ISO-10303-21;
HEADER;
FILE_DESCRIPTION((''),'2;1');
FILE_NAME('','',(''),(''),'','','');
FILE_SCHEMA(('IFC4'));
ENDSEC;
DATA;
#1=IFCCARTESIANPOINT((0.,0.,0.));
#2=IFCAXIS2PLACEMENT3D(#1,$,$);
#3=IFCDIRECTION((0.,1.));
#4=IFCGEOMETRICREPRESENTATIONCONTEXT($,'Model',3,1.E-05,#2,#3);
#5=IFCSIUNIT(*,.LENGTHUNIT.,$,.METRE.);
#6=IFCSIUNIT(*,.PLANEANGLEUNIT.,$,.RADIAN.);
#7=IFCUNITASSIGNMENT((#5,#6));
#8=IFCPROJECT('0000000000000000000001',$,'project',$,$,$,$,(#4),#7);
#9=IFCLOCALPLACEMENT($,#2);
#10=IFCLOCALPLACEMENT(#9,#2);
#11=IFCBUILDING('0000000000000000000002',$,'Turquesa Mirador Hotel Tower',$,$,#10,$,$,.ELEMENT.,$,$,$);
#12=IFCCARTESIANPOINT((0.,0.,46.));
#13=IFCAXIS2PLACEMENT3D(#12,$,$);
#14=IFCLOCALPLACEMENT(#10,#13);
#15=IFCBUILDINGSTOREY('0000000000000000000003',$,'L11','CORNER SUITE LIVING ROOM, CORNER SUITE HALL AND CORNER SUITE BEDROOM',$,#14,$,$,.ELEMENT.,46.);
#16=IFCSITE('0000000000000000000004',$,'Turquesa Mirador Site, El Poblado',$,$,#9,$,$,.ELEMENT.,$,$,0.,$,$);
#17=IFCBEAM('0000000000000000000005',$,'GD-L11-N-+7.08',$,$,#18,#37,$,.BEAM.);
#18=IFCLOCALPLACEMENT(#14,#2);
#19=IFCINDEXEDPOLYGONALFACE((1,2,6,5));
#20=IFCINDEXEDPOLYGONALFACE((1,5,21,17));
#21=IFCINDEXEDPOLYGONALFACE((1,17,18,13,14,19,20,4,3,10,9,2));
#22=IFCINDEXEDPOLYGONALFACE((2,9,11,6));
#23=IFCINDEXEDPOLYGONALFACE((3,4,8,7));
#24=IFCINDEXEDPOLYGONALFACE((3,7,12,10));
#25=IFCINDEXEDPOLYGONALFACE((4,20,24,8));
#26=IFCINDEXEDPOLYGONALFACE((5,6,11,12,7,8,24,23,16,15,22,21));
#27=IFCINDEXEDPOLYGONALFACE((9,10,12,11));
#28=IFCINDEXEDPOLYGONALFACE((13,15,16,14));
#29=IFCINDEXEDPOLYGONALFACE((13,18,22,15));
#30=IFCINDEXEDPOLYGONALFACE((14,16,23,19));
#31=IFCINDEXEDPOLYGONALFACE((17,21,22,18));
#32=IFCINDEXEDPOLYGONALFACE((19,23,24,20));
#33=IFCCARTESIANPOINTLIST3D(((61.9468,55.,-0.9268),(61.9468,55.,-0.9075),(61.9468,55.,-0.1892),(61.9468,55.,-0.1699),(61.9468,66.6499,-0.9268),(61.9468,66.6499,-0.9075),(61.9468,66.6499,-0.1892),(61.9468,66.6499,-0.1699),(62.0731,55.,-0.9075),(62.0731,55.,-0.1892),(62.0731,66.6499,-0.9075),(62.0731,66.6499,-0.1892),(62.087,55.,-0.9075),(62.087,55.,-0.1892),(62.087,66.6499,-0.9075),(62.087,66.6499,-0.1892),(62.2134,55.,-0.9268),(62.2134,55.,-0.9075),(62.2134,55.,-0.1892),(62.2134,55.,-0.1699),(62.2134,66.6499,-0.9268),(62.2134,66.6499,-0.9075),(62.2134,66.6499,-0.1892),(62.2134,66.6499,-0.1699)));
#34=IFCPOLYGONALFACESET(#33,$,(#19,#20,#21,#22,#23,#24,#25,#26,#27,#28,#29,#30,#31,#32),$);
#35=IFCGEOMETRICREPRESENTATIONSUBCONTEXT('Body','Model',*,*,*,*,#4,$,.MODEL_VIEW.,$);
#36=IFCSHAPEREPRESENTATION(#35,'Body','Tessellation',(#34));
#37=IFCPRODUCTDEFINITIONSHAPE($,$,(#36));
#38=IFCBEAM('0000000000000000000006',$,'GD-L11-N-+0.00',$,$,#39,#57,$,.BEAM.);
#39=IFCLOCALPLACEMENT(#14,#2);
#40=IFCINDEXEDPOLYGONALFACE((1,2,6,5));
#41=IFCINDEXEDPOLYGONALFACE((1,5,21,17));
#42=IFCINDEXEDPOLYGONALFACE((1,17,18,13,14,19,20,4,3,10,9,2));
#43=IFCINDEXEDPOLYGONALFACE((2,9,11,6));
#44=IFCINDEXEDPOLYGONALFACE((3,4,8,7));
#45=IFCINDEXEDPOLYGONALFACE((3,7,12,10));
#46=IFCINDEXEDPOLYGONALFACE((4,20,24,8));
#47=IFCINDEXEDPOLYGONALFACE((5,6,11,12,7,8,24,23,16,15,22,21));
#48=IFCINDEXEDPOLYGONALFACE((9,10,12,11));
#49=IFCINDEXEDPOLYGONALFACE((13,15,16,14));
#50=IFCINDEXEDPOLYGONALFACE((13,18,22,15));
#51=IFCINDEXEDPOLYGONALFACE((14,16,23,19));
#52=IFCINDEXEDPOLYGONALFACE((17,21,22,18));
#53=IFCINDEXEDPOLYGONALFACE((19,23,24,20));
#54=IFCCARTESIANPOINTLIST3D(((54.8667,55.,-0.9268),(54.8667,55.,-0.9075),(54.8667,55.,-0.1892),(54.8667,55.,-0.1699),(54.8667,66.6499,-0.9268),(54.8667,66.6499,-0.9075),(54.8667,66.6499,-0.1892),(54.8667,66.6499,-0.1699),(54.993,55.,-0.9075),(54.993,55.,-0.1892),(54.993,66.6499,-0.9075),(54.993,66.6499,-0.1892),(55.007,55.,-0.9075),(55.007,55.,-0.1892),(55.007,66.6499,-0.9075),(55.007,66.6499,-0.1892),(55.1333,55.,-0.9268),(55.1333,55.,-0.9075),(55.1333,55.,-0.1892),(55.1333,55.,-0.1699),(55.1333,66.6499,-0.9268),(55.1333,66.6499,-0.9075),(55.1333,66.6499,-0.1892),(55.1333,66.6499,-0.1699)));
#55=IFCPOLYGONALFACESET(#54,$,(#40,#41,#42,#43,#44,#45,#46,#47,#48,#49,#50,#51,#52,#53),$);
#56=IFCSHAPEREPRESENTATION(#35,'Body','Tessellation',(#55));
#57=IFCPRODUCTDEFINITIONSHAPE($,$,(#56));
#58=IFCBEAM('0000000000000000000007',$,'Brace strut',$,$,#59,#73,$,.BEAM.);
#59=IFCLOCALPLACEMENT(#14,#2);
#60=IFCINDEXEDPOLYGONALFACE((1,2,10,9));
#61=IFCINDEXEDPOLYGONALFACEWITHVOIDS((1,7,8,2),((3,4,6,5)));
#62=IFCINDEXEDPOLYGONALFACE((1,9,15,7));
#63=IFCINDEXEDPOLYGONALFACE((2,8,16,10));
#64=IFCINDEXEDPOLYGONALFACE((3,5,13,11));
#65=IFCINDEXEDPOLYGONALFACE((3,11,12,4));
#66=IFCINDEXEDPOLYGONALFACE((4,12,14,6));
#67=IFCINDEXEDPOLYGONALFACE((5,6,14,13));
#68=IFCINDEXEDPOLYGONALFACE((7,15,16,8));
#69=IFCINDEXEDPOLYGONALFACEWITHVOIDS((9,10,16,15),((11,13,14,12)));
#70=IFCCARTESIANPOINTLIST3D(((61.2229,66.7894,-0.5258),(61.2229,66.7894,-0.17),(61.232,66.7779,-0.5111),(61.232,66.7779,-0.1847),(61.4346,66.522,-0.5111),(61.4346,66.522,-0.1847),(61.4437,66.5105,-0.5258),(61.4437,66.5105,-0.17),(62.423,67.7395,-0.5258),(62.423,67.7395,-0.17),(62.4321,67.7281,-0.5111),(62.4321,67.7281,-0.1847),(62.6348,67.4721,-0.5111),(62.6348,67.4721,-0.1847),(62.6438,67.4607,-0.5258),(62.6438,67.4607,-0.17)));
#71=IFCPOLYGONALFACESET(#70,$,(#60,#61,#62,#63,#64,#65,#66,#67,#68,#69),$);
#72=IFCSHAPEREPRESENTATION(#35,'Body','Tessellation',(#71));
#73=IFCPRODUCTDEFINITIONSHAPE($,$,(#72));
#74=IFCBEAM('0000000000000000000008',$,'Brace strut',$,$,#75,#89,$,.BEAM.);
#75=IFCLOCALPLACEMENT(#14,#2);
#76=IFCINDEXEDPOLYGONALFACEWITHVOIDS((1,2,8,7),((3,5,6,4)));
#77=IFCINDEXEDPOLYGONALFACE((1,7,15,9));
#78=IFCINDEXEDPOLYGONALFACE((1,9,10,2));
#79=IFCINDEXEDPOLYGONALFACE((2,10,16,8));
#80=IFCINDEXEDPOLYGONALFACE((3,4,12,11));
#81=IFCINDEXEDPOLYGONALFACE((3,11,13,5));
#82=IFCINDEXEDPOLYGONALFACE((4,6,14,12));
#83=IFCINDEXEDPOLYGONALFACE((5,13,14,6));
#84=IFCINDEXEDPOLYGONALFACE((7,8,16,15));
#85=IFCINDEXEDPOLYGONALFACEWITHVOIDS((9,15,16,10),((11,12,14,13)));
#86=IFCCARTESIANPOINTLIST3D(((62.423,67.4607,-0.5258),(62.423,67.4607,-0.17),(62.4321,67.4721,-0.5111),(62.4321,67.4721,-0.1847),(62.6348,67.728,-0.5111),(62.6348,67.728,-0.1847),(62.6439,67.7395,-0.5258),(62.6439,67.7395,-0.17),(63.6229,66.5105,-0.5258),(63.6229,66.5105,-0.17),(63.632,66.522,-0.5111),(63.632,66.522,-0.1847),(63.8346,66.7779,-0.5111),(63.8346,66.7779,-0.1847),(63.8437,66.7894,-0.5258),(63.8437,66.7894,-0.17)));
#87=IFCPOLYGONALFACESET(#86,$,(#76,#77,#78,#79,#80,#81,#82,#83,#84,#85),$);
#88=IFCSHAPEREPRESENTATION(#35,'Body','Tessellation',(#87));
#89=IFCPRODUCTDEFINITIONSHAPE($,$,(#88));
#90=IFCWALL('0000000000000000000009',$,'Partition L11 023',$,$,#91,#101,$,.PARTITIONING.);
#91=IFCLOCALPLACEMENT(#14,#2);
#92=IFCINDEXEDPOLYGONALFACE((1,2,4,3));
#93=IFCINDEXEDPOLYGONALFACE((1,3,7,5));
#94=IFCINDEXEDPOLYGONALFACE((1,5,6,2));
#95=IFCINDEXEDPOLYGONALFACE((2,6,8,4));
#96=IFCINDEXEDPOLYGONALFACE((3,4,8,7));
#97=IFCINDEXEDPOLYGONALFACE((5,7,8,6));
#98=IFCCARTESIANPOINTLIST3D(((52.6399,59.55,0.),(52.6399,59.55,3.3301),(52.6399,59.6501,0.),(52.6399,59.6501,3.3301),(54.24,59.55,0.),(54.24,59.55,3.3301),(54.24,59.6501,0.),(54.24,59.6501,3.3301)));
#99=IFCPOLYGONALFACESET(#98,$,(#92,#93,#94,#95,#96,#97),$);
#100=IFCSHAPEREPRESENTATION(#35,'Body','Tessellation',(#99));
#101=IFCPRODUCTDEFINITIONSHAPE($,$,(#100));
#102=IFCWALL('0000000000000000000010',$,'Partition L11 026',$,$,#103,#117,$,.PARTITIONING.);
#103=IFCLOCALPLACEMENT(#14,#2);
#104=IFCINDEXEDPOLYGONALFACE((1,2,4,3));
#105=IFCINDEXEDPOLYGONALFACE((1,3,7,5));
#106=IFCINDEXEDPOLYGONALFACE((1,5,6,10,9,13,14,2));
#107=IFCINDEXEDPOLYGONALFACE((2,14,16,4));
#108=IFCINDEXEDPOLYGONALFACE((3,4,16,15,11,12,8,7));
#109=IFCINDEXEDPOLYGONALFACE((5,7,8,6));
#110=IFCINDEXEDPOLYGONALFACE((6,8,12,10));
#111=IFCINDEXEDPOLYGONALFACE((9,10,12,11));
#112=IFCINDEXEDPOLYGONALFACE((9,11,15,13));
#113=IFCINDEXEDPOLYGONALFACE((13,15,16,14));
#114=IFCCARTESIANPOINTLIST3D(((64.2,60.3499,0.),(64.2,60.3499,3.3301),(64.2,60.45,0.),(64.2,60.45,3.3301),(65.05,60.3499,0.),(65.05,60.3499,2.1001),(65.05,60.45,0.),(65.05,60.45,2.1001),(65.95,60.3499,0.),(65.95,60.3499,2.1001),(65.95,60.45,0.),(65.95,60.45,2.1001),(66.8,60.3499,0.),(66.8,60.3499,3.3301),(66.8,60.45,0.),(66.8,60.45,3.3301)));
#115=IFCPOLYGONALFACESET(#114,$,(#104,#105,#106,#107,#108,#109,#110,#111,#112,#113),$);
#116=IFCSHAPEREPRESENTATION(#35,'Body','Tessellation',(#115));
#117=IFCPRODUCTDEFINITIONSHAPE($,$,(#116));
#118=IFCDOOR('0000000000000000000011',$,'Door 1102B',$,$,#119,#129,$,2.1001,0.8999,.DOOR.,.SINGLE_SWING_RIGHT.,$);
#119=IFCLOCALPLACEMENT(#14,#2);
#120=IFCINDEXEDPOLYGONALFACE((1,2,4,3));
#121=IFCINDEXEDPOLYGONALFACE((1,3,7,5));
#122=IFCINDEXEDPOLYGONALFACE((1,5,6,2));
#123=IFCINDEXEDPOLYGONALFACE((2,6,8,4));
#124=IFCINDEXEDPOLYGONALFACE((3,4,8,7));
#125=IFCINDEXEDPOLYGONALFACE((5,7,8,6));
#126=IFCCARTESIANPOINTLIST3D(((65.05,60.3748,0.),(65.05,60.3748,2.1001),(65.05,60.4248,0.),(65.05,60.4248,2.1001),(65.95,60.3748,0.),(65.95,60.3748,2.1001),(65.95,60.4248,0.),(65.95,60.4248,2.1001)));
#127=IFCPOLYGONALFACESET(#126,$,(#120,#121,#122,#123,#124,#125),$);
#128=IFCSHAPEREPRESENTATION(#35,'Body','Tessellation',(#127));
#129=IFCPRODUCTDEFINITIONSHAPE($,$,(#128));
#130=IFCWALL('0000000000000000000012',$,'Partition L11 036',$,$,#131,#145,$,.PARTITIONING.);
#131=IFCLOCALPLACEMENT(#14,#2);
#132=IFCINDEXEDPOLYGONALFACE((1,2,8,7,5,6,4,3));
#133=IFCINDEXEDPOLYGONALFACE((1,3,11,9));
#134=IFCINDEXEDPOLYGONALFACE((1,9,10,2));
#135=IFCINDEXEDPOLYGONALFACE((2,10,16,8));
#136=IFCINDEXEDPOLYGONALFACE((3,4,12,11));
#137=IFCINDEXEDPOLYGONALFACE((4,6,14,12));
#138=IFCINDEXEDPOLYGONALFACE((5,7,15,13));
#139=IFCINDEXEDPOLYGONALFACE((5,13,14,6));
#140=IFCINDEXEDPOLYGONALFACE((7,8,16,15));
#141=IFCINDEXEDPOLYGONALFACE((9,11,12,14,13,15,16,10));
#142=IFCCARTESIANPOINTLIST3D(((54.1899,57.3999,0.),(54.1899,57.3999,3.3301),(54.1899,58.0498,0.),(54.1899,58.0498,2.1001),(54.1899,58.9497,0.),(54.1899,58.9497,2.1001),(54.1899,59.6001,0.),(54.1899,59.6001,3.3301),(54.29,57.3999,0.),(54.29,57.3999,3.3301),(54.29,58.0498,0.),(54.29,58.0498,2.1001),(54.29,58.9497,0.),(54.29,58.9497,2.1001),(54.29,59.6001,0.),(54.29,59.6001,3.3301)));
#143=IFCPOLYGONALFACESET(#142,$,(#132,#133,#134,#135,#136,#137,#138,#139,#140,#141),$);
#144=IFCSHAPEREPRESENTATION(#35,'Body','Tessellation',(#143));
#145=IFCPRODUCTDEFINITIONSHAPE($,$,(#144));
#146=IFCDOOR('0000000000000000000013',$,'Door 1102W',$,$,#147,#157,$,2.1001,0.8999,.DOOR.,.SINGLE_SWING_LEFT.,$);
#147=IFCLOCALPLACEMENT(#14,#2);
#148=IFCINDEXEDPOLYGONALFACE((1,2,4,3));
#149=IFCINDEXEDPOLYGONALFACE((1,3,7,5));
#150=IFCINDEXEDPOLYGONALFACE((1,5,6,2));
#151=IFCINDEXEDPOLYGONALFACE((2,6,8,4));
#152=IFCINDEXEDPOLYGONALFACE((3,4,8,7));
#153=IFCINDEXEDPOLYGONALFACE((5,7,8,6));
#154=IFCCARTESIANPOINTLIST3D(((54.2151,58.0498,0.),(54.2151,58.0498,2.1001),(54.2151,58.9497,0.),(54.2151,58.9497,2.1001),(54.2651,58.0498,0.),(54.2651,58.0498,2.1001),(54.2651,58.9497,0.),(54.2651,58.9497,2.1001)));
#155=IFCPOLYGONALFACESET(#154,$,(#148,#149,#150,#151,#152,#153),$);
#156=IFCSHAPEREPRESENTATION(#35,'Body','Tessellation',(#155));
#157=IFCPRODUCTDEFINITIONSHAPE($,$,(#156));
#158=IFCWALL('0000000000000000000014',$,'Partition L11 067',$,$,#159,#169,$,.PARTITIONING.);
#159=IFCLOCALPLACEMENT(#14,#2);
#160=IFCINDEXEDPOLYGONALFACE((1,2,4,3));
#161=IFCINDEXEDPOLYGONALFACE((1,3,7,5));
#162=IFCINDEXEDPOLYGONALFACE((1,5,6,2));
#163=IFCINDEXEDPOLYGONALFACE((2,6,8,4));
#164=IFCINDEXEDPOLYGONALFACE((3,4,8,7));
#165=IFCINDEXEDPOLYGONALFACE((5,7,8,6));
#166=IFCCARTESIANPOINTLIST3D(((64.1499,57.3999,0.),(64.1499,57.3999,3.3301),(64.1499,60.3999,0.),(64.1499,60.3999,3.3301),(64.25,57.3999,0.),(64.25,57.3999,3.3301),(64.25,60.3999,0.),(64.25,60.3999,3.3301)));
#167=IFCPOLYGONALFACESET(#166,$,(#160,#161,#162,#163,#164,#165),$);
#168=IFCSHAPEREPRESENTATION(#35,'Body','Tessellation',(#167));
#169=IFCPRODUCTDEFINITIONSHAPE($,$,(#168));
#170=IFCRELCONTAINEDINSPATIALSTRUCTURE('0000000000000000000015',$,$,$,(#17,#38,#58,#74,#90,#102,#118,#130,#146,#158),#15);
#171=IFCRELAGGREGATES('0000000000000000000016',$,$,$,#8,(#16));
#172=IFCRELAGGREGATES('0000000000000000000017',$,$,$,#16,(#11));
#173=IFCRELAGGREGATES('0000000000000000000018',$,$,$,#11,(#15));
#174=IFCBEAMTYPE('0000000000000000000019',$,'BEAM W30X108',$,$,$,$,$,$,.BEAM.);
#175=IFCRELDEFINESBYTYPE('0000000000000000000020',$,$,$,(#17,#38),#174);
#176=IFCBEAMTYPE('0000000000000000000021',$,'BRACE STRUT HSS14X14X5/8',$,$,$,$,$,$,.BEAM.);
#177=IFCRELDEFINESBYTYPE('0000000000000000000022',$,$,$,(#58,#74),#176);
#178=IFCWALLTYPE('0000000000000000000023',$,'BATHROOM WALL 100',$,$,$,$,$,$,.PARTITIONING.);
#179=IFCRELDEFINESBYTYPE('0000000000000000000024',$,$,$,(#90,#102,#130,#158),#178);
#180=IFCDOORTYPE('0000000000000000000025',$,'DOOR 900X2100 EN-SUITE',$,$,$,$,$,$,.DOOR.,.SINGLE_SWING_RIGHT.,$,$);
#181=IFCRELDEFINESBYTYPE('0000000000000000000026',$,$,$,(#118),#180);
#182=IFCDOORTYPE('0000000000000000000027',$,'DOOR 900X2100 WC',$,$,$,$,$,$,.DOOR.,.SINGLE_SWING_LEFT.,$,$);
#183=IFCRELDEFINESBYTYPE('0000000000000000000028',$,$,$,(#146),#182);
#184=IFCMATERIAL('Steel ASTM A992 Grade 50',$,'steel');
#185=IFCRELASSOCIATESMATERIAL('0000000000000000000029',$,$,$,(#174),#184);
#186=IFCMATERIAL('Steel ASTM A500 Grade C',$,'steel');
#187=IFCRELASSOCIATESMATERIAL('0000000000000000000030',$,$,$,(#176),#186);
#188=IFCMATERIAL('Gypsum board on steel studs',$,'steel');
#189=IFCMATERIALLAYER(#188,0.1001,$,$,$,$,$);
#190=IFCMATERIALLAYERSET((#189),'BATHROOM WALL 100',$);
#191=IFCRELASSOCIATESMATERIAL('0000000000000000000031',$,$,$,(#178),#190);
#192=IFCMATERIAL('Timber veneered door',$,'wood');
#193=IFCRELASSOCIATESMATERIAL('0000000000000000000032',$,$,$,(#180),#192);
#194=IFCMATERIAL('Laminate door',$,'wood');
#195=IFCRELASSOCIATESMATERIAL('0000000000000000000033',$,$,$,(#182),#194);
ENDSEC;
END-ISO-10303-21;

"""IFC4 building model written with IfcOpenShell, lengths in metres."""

from ifc_helpers import new_model, si_unit, direction, frame, frame_2d, origin, origin_2d, place, context, subcontext, project, spatial, rectangle, hollow_rectangle, i_section, extrude, material, layer, layer_set, material_profile, profile_set, type_object, element, fill, save


model = new_model("IFC4")

# Units and contexts
model_context = context("Model", 3, precision=1e-05, world=origin(), true_north=direction((0.0, 1.0)))
body_context = subcontext(model_context, "Body", "Model", "MODEL_VIEW")
ifc_project = project(units=[si_unit("LENGTHUNIT", "METRE"), si_unit("PLANEANGLEUNIT", "RADIAN")], contexts=[model_context])

# Site, building, storey
site_placement = place(None, origin())
site = spatial("IfcSite", under=ifc_project, at=site_placement, Name="Turquesa Mirador Site, El Poblado", CompositionType="ELEMENT", RefElevation=0.0)
building_placement = place(site_placement, origin())
building = spatial("IfcBuilding", under=site, at=building_placement, Name="Turquesa Mirador Hotel Tower", CompositionType="ELEMENT")
storey_placement = place(building_placement, frame((0.0, 0.0, 46.0)))
storey = spatial("IfcBuildingStorey", under=building, at=storey_placement, Name="L11", Description="CORNER SUITE LIVING ROOM, CORNER SUITE HALL AND CORNER SUITE BEDROOM", CompositionType="ELEMENT", Elevation=46.0)

# Beams
ifc_material_1 = material(Name="Steel ASTM A992 Grade 50", Category="steel")
ifc_material_profile_1 = material_profile(ifc_material_1, i_section(OverallWidth=0.2666, OverallDepth=0.7568, WebThickness=0.0139, FlangeThickness=0.0193, at=origin_2d()), Name="W30X108")
ifc_profile_set_1 = profile_set([ifc_material_profile_1], Name="Steel ASTM A992 Grade 50")
beam_type_1 = type_object("IfcBeamType", Name="BEAM W30X108", PredefinedType="BEAM", material=ifc_profile_set_1)
for number, where, z_axis, x_axis, name in (
    (1, (62.0801, 66.6499, -0.5483), (0.0, -1.0, 0.0), (1.0, 0.0, 0.0), "GD-L11-N-+7.08"),
    (2, (55.0, 66.6499, -0.5483), (0.0, -1.0, 0.0), (1.0, 0.0, 0.0), "GD-L11-N-+0.00"),
):
    element("IfcBeam", number, at=place(storey_placement, frame(where, z_axis=z_axis, x_axis=x_axis)), inside=storey, type_object=beam_type_1, Name=name, PredefinedType="BEAM", context=body_context, shape_type="SweptSolid", body=[
        extrude(i_section(OverallWidth=0.2666, OverallDepth=0.7568, WebThickness=0.0139, FlangeThickness=0.0193, at=origin_2d()), origin(), (0.0, 0.0, 1.0), 11.6499),
    ])
ifc_material_2 = material(Name="Steel ASTM A500 Grade C", Category="steel")
ifc_material_profile_2 = material_profile(ifc_material_2, hollow_rectangle(XDim=0.3557, YDim=0.3557, WallThickness=0.0146, at=origin_2d()), Name="HSS14X14X5/8")
ifc_profile_set_2 = profile_set([ifc_material_profile_2], Name="Steel ASTM A500 Grade C")
beam_type_2 = type_object("IfcBeamType", Name="BRACE STRUT HSS14X14X5/8", PredefinedType="BEAM", material=ifc_profile_set_2)
beam_1_placement = place(storey_placement, frame((62.5334, 67.6001, -0.3479), z_axis=(-0.784033, -0.620719, 0.0), x_axis=(0.620719, -0.784033, 0.0)))
element("IfcBeam", 3, at=beam_1_placement, inside=storey, type_object=beam_type_2, Name="Brace strut", PredefinedType="BEAM", context=body_context, shape_type="SweptSolid", body=[
    extrude(hollow_rectangle(XDim=0.3557, YDim=0.3557, WallThickness=0.0146, at=origin_2d()), origin(), (0.0, 0.0, 1.0), 1.5308),
])
beam_2_placement = place(storey_placement, frame((62.5334, 67.6001, -0.3479), z_axis=(0.783971, -0.620797, 0.0), x_axis=(0.620797, 0.783971, 0.0)))
element("IfcBeam", 4, at=beam_2_placement, inside=storey, type_object=beam_type_2, Name="Brace strut", PredefinedType="BEAM", context=body_context, shape_type="SweptSolid", body=[
    extrude(hollow_rectangle(XDim=0.3557, YDim=0.3557, WallThickness=0.0146, at=origin_2d()), origin(), (0.0, 0.0, 1.0), 1.5305),
])

# Wall
ifc_material_3 = material(Name="Gypsum board on steel studs", Category="steel")
ifc_layer_1 = layer(ifc_material_3, 0.1001)
ifc_layer_set_1 = layer_set([ifc_layer_1], Name="BATHROOM WALL 100")
wall_type_1 = type_object("IfcWallType", Name="BATHROOM WALL 100", PredefinedType="PARTITIONING", material=ifc_layer_set_1)
wall_1_placement = place(storey_placement, frame((52.6399, 59.6001, 0.0), z_axis=(0.0, 0.0, 1.0), x_axis=(1.0, 0.0, 0.0)))
element("IfcWall", 5, at=wall_1_placement, inside=storey, type_object=wall_type_1, Name="Partition L11 023", PredefinedType="PARTITIONING", context=body_context, shape_type="SweptSolid", body=[
    extrude(rectangle(XDim=1.6001, YDim=0.1001, at=frame_2d((0.8, 0.0))), origin(), (0.0, 0.0, 1.0), 3.3301),
])

# Walls, openings, doors
wall_2_placement = place(storey_placement, frame((64.2, 60.3999, 0.0), z_axis=(0.0, 0.0, 1.0), x_axis=(1.0, 0.0, 0.0)))
wall_2 = element("IfcWall", 6, at=wall_2_placement, inside=storey, type_object=wall_type_1, Name="Partition L11 026", PredefinedType="PARTITIONING", context=body_context, shape_type="SweptSolid", body=[
    extrude(rectangle(XDim=2.6001, YDim=0.1001, at=frame_2d((1.3, 0.0))), origin(), (0.0, 0.0, 1.0), 3.3301),
])
opening_1_placement = place(wall_2_placement, frame((0.8501, 0.0, 0.0)))
opening_1 = element("IfcOpeningElement", 7, at=opening_1_placement, cuts=wall_2, PredefinedType="OPENING", context=body_context, shape_type="SweptSolid", body=[
    extrude(rectangle(XDim=0.8999, YDim=2.1001, at=frame_2d((0.45, 1.05))), frame((0.0, 0.0601, 0.0), z_axis=(0.0, -1.0, 0.0), x_axis=(1.0, 0.0, 0.0)), (0.0, 0.0, 1.0), 0.1201),
])
ifc_material_4 = material(Name="Timber veneered door", Category="wood")
door_type_1 = type_object("IfcDoorType", Name="DOOR 900X2100 EN-SUITE", OperationType="SINGLE_SWING_RIGHT", PredefinedType="DOOR", material=ifc_material_4)
door_1_placement = place(opening_1_placement, origin())
door_1 = element("IfcDoor", 8, at=door_1_placement, inside=storey, type_object=door_type_1, Name="Door 1102B", OperationType="SINGLE_SWING_RIGHT", OverallHeight=2.1001, OverallWidth=0.8999, PredefinedType="DOOR", context=body_context, shape_type="SweptSolid", body=[
    extrude(rectangle(XDim=0.8999, YDim=2.1001, at=frame_2d((0.45, 1.05))), frame((0.0, 0.0249, 0.0), z_axis=(0.0, -1.0, 0.0), x_axis=(1.0, 0.0, 0.0)), (0.0, 0.0, 1.0), 0.05),
])
fill(opening_1, door_1)
wall_3_placement = place(storey_placement, frame((54.24, 57.3999, 0.0), z_axis=(0.0, 0.0, 1.0), x_axis=(0.0, 1.0, 0.0)))
wall_3 = element("IfcWall", 9, at=wall_3_placement, inside=storey, type_object=wall_type_1, Name="Partition L11 036", PredefinedType="PARTITIONING", context=body_context, shape_type="SweptSolid", body=[
    extrude(rectangle(XDim=2.2002, YDim=0.1001, at=frame_2d((1.1001, 0.0))), origin(), (0.0, 0.0, 1.0), 3.3301),
])
opening_2_placement = place(wall_3_placement, frame((0.6499, 0.0, 0.0)))
opening_2 = element("IfcOpeningElement", 10, at=opening_2_placement, cuts=wall_3, PredefinedType="OPENING", context=body_context, shape_type="SweptSolid", body=[
    extrude(rectangle(XDim=0.8999, YDim=2.1001, at=frame_2d((0.45, 1.05))), frame((0.0, 0.0601, 0.0), z_axis=(0.0, -1.0, 0.0), x_axis=(1.0, 0.0, 0.0)), (0.0, 0.0, 1.0), 0.1201),
])
ifc_material_5 = material(Name="Laminate door", Category="wood")
door_type_2 = type_object("IfcDoorType", Name="DOOR 900X2100 WC", OperationType="SINGLE_SWING_LEFT", PredefinedType="DOOR", material=ifc_material_5)
door_2_placement = place(opening_2_placement, origin())
door_2 = element("IfcDoor", 11, at=door_2_placement, inside=storey, type_object=door_type_2, Name="Door 1102W", OperationType="SINGLE_SWING_LEFT", OverallHeight=2.1001, OverallWidth=0.8999, PredefinedType="DOOR", context=body_context, shape_type="SweptSolid", body=[
    extrude(rectangle(XDim=0.8999, YDim=2.1001, at=frame_2d((0.45, 1.05))), frame((0.0, 0.0249, 0.0), z_axis=(0.0, -1.0, 0.0), x_axis=(1.0, 0.0, 0.0)), (0.0, 0.0, 1.0), 0.05),
])
fill(opening_2, door_2)

# Wall
wall_4_placement = place(storey_placement, frame((64.2, 57.3999, 0.0), z_axis=(0.0, 0.0, 1.0), x_axis=(0.0, 1.0, 0.0)))
element("IfcWall", 12, at=wall_4_placement, inside=storey, type_object=wall_type_1, Name="Partition L11 067", PredefinedType="PARTITIONING", context=body_context, shape_type="SweptSolid", body=[
    extrude(rectangle(XDim=3.0, YDim=0.1001, at=frame_2d((1.5, 0.0))), origin(), (0.0, 0.0, 1.0), 3.3301),
])

save(model, "model.ifc")
